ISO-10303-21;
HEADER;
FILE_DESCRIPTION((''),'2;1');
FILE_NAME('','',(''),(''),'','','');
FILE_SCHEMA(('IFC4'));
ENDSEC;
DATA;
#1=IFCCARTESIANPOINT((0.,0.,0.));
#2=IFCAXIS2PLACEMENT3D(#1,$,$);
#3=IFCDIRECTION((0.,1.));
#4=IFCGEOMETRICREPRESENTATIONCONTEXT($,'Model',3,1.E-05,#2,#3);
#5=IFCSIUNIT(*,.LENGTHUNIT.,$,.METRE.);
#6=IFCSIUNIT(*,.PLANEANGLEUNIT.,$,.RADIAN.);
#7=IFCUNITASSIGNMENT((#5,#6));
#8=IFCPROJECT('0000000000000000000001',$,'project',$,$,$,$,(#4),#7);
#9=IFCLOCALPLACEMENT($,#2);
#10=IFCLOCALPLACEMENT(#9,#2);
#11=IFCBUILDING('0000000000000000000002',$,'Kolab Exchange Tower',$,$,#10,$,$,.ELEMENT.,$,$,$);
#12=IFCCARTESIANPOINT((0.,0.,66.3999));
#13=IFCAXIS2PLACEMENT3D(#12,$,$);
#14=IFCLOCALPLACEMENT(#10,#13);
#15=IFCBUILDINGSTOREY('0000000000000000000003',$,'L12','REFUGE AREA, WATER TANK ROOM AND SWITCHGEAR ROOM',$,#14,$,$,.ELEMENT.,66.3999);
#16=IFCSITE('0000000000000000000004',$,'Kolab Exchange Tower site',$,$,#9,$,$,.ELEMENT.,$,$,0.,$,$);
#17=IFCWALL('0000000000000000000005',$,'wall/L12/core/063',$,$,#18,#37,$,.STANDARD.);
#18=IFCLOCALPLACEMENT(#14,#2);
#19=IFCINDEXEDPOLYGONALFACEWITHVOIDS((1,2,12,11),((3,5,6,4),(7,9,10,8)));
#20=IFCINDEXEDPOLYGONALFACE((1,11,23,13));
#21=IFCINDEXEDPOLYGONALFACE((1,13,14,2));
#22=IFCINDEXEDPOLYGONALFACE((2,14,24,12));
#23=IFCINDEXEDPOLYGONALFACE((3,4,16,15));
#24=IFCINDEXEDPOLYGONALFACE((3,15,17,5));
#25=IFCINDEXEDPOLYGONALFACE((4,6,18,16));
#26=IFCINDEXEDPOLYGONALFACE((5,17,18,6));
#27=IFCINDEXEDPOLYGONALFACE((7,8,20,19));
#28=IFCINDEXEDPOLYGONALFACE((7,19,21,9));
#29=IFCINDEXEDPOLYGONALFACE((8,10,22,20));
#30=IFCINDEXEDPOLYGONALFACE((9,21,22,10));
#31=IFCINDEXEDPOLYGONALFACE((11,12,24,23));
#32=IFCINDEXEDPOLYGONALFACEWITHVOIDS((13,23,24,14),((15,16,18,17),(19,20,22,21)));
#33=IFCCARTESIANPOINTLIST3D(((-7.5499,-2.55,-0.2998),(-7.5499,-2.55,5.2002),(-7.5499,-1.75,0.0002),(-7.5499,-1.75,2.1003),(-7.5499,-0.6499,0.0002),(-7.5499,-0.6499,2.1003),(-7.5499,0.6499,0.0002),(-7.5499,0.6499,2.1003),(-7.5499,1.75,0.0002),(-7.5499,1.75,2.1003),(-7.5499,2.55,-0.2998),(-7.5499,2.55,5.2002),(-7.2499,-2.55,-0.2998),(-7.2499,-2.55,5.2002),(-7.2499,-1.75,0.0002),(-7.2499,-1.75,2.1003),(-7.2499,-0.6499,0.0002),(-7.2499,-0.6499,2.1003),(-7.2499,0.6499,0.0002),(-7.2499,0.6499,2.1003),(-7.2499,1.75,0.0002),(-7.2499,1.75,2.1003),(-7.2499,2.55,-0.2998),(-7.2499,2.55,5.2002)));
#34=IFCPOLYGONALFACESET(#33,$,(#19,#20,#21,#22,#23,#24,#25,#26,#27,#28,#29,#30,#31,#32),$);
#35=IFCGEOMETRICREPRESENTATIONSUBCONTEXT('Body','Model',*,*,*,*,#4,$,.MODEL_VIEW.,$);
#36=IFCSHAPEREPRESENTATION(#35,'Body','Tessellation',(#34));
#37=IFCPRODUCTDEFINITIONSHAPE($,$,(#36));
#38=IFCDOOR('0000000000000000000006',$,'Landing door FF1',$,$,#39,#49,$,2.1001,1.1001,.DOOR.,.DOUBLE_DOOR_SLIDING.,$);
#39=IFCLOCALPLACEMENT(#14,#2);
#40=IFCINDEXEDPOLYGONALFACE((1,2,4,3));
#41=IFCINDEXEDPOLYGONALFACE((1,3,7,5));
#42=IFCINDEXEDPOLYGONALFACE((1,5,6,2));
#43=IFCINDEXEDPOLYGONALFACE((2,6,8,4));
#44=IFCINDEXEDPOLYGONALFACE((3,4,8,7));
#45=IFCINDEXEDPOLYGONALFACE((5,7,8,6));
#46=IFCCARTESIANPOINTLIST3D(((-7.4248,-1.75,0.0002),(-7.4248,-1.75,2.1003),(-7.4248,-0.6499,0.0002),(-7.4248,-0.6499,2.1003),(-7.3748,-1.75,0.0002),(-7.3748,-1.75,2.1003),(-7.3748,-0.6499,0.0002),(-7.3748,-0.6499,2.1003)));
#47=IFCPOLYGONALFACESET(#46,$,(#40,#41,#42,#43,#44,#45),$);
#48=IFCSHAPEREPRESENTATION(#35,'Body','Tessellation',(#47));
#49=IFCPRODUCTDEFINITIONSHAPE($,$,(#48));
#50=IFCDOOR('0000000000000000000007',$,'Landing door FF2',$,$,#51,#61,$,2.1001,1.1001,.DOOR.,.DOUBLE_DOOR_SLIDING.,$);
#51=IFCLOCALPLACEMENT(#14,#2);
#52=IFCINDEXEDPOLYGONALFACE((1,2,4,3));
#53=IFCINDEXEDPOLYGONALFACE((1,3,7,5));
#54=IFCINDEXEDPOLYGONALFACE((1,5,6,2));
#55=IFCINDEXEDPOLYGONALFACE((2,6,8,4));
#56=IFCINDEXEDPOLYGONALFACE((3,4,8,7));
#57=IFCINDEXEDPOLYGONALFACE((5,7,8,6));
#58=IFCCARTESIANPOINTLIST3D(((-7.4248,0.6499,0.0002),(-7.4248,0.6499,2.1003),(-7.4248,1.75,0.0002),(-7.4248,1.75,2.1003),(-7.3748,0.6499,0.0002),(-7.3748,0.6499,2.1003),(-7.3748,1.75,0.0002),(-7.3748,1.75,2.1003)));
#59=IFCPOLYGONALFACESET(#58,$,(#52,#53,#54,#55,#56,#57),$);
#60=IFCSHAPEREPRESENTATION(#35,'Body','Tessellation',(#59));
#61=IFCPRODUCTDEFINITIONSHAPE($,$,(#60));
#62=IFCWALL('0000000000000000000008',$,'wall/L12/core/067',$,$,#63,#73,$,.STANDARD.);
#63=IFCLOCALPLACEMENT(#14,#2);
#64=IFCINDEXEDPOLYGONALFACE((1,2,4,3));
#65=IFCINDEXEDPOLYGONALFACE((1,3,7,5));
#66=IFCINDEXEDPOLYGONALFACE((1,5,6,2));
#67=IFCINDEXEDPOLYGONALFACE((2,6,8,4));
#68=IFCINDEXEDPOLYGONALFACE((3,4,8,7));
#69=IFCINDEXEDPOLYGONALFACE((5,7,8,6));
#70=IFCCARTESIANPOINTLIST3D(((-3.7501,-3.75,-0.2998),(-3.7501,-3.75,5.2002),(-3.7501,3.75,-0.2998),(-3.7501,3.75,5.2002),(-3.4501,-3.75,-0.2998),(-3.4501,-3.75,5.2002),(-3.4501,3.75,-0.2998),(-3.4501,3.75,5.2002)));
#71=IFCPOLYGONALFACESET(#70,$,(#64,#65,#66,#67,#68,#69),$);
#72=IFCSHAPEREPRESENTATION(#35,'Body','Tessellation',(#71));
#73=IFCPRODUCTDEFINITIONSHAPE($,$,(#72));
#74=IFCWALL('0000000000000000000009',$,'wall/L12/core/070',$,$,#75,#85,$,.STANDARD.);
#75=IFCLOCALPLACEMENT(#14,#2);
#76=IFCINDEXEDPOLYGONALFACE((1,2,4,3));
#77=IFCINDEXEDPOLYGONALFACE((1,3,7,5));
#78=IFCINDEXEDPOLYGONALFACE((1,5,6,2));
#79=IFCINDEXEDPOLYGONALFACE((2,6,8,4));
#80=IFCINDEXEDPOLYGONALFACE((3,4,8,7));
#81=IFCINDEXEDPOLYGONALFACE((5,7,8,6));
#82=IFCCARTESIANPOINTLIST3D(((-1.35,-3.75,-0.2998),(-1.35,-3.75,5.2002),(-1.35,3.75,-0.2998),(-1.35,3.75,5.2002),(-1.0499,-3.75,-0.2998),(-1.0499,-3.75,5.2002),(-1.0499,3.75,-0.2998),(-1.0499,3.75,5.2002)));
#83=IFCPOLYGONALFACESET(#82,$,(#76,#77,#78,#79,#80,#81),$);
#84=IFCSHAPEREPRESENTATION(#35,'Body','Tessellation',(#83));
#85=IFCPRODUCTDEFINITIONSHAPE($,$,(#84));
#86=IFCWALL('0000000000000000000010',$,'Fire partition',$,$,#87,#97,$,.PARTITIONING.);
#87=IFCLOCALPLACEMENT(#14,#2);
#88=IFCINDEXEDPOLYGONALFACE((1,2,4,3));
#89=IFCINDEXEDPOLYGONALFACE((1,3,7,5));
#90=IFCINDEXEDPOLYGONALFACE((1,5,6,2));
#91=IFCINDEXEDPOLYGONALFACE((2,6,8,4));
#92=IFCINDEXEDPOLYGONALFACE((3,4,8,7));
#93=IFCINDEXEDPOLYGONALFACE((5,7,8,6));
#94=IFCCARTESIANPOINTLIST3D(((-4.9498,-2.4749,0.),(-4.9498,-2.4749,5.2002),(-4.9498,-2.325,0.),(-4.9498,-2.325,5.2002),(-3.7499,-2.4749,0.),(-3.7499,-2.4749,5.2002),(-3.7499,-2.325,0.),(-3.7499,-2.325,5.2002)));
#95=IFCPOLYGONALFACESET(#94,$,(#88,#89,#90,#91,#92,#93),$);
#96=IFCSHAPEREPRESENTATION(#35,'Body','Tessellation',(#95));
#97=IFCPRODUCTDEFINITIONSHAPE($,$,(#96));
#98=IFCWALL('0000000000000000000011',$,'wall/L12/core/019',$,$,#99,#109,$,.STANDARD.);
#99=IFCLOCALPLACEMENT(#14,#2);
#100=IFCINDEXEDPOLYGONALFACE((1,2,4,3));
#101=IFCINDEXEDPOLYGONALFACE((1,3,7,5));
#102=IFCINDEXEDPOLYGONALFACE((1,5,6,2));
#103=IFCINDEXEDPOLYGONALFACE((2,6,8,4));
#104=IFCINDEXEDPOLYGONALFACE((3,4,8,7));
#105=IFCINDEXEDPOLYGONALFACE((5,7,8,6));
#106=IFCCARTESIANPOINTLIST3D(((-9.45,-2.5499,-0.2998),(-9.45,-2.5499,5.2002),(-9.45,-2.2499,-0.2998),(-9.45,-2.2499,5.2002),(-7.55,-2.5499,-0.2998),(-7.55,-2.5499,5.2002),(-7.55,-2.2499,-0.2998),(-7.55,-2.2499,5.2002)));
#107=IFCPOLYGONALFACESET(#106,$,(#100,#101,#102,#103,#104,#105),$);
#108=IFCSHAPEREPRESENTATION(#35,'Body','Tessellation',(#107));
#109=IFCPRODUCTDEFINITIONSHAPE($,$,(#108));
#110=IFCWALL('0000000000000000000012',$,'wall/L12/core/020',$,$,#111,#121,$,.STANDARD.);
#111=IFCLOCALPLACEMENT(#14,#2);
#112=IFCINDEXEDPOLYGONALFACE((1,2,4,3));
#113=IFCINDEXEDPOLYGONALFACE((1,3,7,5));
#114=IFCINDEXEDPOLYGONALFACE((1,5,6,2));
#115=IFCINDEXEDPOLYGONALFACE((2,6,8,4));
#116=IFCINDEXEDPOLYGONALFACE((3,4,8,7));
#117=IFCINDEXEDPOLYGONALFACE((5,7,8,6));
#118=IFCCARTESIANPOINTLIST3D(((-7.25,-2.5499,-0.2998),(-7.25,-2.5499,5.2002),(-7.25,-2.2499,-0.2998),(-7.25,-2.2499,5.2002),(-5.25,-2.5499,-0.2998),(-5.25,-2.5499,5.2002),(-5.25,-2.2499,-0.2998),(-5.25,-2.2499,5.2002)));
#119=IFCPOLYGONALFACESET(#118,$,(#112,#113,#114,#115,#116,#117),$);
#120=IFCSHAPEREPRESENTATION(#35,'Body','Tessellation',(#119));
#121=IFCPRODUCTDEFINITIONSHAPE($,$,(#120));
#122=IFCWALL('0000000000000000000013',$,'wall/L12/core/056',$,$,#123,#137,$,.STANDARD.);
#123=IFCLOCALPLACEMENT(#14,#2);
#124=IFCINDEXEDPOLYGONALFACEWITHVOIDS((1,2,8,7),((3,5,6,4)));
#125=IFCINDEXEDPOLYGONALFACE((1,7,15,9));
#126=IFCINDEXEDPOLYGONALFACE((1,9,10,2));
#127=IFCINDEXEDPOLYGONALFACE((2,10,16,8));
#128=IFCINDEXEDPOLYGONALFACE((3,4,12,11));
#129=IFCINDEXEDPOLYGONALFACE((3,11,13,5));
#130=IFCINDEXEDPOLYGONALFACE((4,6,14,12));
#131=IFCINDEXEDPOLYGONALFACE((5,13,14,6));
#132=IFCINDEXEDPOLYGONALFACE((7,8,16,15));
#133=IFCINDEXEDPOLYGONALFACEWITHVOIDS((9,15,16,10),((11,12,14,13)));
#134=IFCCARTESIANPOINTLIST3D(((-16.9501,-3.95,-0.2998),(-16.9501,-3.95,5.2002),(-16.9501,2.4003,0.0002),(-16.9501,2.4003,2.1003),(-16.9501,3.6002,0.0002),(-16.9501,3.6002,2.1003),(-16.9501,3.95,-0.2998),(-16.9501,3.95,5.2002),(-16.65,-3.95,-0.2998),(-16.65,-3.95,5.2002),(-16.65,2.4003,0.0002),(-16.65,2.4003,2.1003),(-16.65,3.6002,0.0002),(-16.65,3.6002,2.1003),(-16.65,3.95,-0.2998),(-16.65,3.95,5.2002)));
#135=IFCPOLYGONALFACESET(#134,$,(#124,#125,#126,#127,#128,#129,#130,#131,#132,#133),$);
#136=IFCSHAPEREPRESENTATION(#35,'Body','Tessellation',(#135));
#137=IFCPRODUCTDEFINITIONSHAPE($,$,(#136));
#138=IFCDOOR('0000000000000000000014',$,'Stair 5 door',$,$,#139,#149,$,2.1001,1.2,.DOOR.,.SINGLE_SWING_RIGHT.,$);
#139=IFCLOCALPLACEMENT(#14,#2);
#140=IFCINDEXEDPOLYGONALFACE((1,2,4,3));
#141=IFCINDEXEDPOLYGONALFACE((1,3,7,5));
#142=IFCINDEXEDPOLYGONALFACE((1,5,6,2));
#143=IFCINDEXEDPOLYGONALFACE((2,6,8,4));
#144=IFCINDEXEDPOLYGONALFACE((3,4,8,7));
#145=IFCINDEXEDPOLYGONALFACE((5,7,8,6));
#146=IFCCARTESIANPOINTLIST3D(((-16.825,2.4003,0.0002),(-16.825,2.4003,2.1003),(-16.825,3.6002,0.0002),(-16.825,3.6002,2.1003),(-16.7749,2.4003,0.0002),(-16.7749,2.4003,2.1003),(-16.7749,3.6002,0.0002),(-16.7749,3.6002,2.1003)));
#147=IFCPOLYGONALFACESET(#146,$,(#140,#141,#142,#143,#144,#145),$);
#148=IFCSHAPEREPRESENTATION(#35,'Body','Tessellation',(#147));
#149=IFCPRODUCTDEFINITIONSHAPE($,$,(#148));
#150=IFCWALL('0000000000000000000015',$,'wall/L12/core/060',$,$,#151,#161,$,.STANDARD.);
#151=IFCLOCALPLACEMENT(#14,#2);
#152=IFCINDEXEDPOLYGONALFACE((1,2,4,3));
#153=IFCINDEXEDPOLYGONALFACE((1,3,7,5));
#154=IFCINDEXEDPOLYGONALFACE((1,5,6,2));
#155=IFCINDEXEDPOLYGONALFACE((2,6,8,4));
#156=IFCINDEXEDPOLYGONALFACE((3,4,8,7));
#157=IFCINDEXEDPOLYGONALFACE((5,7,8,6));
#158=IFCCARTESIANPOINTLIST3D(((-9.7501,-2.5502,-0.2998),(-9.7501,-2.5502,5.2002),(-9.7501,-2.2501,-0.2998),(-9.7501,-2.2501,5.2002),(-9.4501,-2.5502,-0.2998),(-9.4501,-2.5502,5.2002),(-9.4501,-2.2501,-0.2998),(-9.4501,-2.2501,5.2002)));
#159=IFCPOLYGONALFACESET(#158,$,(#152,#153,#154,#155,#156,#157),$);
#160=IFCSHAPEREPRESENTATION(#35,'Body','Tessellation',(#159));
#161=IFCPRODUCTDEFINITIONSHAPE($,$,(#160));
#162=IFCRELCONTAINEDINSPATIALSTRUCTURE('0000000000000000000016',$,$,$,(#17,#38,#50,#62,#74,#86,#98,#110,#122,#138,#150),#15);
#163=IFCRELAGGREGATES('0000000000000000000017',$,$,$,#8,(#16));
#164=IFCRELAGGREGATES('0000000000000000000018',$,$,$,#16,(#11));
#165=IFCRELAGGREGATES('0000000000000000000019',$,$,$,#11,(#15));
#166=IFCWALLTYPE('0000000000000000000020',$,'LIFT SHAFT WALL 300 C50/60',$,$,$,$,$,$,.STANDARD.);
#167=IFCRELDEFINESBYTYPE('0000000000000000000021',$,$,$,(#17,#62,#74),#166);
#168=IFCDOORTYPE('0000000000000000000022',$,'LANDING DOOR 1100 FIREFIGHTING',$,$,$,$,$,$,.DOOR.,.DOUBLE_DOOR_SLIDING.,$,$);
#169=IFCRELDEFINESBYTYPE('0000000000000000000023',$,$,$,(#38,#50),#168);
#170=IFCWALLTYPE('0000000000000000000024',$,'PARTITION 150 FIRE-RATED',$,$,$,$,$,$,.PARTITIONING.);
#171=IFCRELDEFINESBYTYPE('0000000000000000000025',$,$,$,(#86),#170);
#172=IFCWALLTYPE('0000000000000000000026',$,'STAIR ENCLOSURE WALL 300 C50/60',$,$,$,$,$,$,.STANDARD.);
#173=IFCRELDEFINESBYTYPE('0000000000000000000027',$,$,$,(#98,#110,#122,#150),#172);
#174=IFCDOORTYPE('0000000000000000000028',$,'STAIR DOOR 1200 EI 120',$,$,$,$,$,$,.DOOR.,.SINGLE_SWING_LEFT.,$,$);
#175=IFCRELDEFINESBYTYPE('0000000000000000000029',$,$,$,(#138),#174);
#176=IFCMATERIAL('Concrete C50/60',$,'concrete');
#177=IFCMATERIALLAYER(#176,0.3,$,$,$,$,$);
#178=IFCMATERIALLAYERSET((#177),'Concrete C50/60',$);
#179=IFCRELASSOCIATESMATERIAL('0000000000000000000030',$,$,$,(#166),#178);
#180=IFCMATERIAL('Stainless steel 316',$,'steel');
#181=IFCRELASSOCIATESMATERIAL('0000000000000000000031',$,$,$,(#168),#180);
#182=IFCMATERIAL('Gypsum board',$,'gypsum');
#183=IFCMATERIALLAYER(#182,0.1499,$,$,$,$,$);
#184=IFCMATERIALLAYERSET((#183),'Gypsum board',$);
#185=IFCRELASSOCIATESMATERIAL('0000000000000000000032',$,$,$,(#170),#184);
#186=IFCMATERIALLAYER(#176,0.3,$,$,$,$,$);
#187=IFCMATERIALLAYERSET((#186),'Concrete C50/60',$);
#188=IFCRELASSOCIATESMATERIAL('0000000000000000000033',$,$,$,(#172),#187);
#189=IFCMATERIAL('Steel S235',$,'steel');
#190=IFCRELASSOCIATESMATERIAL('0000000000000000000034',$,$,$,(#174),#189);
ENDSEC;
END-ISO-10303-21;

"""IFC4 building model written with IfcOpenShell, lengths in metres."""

from ifc_helpers import new_model, si_unit, direction, frame, frame_2d, origin, place, context, subcontext, project, spatial, rectangle, extrude, material, layer, layer_set, type_object, element, fill, save


model = new_model("IFC4")

# Units and contexts
model_context = context("Model", 3, precision=1e-05, world=origin(), true_north=direction((0.0, 1.0)))
body_context = subcontext(model_context, "Body", "Model", "MODEL_VIEW")
ifc_project = project(units=[si_unit("LENGTHUNIT", "METRE"), si_unit("PLANEANGLEUNIT", "RADIAN")], contexts=[model_context])

# Site, building, storey
site_placement = place(None, origin())
site = spatial("IfcSite", under=ifc_project, at=site_placement, Name="Kolab Exchange Tower site", CompositionType="ELEMENT", RefElevation=0.0)
building_placement = place(site_placement, origin())
building = spatial("IfcBuilding", under=site, at=building_placement, Name="Kolab Exchange Tower", CompositionType="ELEMENT")
storey_placement = place(building_placement, frame((0.0, 0.0, 66.3999)))
storey = spatial("IfcBuildingStorey", under=building, at=storey_placement, Name="L12", Description="REFUGE AREA, WATER TANK ROOM AND SWITCHGEAR ROOM", CompositionType="ELEMENT", Elevation=66.3999)

# Shared definitions
ifc_material_1 = material(Name="Concrete C50/60", Category="concrete")
ifc_layer_1 = layer(ifc_material_1, 0.3)
ifc_layer_set_1 = layer_set([ifc_layer_1], Name="Concrete C50/60")
wall_type_1 = type_object("IfcWallType", Name="LIFT SHAFT WALL 300 C50/60", PredefinedType="STANDARD", material=ifc_layer_set_1)

# Shared definitions
ifc_material_2 = material(Name="Steel S235", Category="steel")

# Wall, openings, doors
wall_1_placement = place(storey_placement, frame((-7.3999, -2.55, -0.2998), z_axis=(0.0, 0.0, 1.0), x_axis=(0.0, 1.0, 0.0)))
wall_1 = element("IfcWall", 1, at=wall_1_placement, inside=storey, type_object=wall_type_1, Name="wall/L12/core/063", PredefinedType="STANDARD", context=body_context, shape_type="SweptSolid", body=[
    extrude(rectangle(XDim=5.1001, YDim=0.3, at=frame_2d((2.55, 0.0))), origin(), (0.0, 0.0, 1.0), 5.5),
])
opening_1_placement = place(wall_1_placement, frame((0.8, 0.0, 0.3)))
opening_1 = element("IfcOpeningElement", 2, at=opening_1_placement, cuts=wall_1, PredefinedType="OPENING", context=body_context, shape_type="SweptSolid", body=[
    extrude(rectangle(XDim=1.1001, YDim=2.1001, at=frame_2d((0.55, 1.05))), frame((0.0, 0.1602, 0.0), z_axis=(0.0, -1.0, 0.0), x_axis=(1.0, 0.0, 0.0)), (0.0, 0.0, 1.0), 0.3201),
])
opening_2_placement = place(wall_1_placement, frame((3.2, 0.0, 0.3)))
opening_2 = element("IfcOpeningElement", 3, at=opening_2_placement, cuts=wall_1, PredefinedType="OPENING", context=body_context, shape_type="SweptSolid", body=[
    extrude(rectangle(XDim=1.1001, YDim=2.1001, at=frame_2d((0.55, 1.05))), frame((0.0, 0.1602, 0.0), z_axis=(0.0, -1.0, 0.0), x_axis=(1.0, 0.0, 0.0)), (0.0, 0.0, 1.0), 0.3201),
])
ifc_material_3 = material(Name="Stainless steel 316", Category="steel")
door_type_1 = type_object("IfcDoorType", Name="LANDING DOOR 1100 FIREFIGHTING", OperationType="DOUBLE_DOOR_SLIDING", PredefinedType="DOOR", material=ifc_material_3)
door_1_placement = place(opening_1_placement, origin())
door_1 = element("IfcDoor", 4, at=door_1_placement, inside=storey, type_object=door_type_1, Name="Landing door FF1", OperationType="DOUBLE_DOOR_SLIDING", OverallHeight=2.1001, OverallWidth=1.1001, PredefinedType="DOOR", context=body_context, shape_type="SweptSolid", body=[
    extrude(rectangle(XDim=1.1001, YDim=2.1001, at=frame_2d((0.55, 1.05))), frame((0.0, 0.0249, 0.0), z_axis=(0.0, -1.0, 0.0), x_axis=(1.0, 0.0, 0.0)), (0.0, 0.0, 1.0), 0.05),
])
fill(opening_1, door_1)
door_2_placement = place(opening_2_placement, origin())
door_2 = element("IfcDoor", 5, at=door_2_placement, inside=storey, type_object=door_type_1, Name="Landing door FF2", OperationType="DOUBLE_DOOR_SLIDING", OverallHeight=2.1001, OverallWidth=1.1001, PredefinedType="DOOR", context=body_context, shape_type="SweptSolid", body=[
    extrude(rectangle(XDim=1.1001, YDim=2.1001, at=frame_2d((0.55, 1.05))), frame((0.0, 0.0249, 0.0), z_axis=(0.0, -1.0, 0.0), x_axis=(1.0, 0.0, 0.0)), (0.0, 0.0, 1.0), 0.05),
])
fill(opening_2, door_2)

# Walls
for number, where, z_axis, x_axis, name in (
    (6, (-3.6001, -3.75, -0.2998), (0.0, 0.0, 1.0), (0.0, 1.0, 0.0), "wall/L12/core/067"),
    (7, (-1.2, -3.75, -0.2998), (0.0, 0.0, 1.0), (0.0, 1.0, 0.0), "wall/L12/core/070"),
):
    element("IfcWall", number, at=place(storey_placement, frame(where, z_axis=z_axis, x_axis=x_axis)), inside=storey, type_object=wall_type_1, Name=name, PredefinedType="STANDARD", context=body_context, shape_type="SweptSolid", body=[
        extrude(rectangle(XDim=7.5, YDim=0.3, at=frame_2d((3.75, 0.0))), origin(), (0.0, 0.0, 1.0), 5.5),
    ])
ifc_material_4 = material(Name="Gypsum board", Category="gypsum")
ifc_layer_2 = layer(ifc_material_4, 0.1499)
ifc_layer_set_2 = layer_set([ifc_layer_2], Name="Gypsum board")
wall_type_2 = type_object("IfcWallType", Name="PARTITION 150 FIRE-RATED", PredefinedType="PARTITIONING", material=ifc_layer_set_2)
wall_2_placement = place(storey_placement, frame((-4.95, -2.3999, 0.0), z_axis=(0.0, 0.0, 1.0), x_axis=(1.0, 0.0, 0.0)))
element("IfcWall", 8, at=wall_2_placement, inside=storey, type_object=wall_type_2, Name="Fire partition", PredefinedType="PARTITIONING", context=body_context, shape_type="SweptSolid", body=[
    extrude(rectangle(XDim=1.2, YDim=0.1499, at=frame_2d((0.6001, 0.0))), origin(), (0.0, 0.0, 1.0), 5.2002),
])
ifc_layer_3 = layer(ifc_material_1, 0.3)
ifc_layer_set_3 = layer_set([ifc_layer_3], Name="Concrete C50/60")
wall_type_3 = type_object("IfcWallType", Name="STAIR ENCLOSURE WALL 300 C50/60", PredefinedType="STANDARD", material=ifc_layer_set_3)
wall_3_placement = place(storey_placement, frame((-9.45, -2.3999, -0.2998), z_axis=(0.0, 0.0, 1.0), x_axis=(1.0, 0.0, 0.0)))
element("IfcWall", 9, at=wall_3_placement, inside=storey, type_object=wall_type_3, Name="wall/L12/core/019", PredefinedType="STANDARD", context=body_context, shape_type="SweptSolid", body=[
    extrude(rectangle(XDim=1.8999, YDim=0.3, at=frame_2d((0.95, 0.0))), origin(), (0.0, 0.0, 1.0), 5.5),
])
wall_4_placement = place(storey_placement, frame((-7.25, -2.3999, -0.2998), z_axis=(0.0, 0.0, 1.0), x_axis=(1.0, 0.0, 0.0)))
element("IfcWall", 10, at=wall_4_placement, inside=storey, type_object=wall_type_3, Name="wall/L12/core/020", PredefinedType="STANDARD", context=body_context, shape_type="SweptSolid", body=[
    extrude(rectangle(XDim=2.0, YDim=0.3, at=frame_2d((1.0, 0.0))), origin(), (0.0, 0.0, 1.0), 5.5),
])

# Wall, opening, door
wall_5_placement = place(storey_placement, frame((-16.8, -3.95, -0.2998), z_axis=(0.0, 0.0, 1.0), x_axis=(0.0, 1.0, 0.0)))
wall_5 = element("IfcWall", 11, at=wall_5_placement, inside=storey, type_object=wall_type_3, Name="wall/L12/core/056", PredefinedType="STANDARD", context=body_context, shape_type="SweptSolid", body=[
    extrude(rectangle(XDim=7.8999, YDim=0.3, at=frame_2d((3.95, 0.0))), origin(), (0.0, 0.0, 1.0), 5.5),
])
opening_3_placement = place(wall_5_placement, frame((6.3501, 0.0, 0.3)))
opening_3 = element("IfcOpeningElement", 12, at=opening_3_placement, cuts=wall_5, PredefinedType="OPENING", context=body_context, shape_type="SweptSolid", body=[
    extrude(rectangle(XDim=1.2, YDim=2.1001, at=frame_2d((0.6001, 1.05))), frame((0.0, 0.1602, 0.0), z_axis=(0.0, -1.0, 0.0), x_axis=(1.0, 0.0, 0.0)), (0.0, 0.0, 1.0), 0.3201),
])
door_type_2 = type_object("IfcDoorType", Name="STAIR DOOR 1200 EI 120", OperationType="SINGLE_SWING_LEFT", PredefinedType="DOOR", material=ifc_material_2)
door_3_placement = place(opening_3_placement, origin())
door_3 = element("IfcDoor", 13, at=door_3_placement, inside=storey, type_object=door_type_2, Name="Stair 5 door", OperationType="SINGLE_SWING_RIGHT", OverallHeight=2.1001, OverallWidth=1.2, PredefinedType="DOOR", context=body_context, shape_type="SweptSolid", body=[
    extrude(rectangle(XDim=1.2, YDim=2.1001, at=frame_2d((0.6001, 1.05))), frame((0.0, 0.0249, 0.0), z_axis=(0.0, -1.0, 0.0), x_axis=(1.0, 0.0, 0.0)), (0.0, 0.0, 1.0), 0.05),
])
fill(opening_3, door_3)

# Wall
wall_6_placement = place(storey_placement, frame((-9.6001, -2.55, -0.2998), z_axis=(0.0, 0.0, 1.0), x_axis=(0.0, 1.0, 0.0)))
element("IfcWall", 14, at=wall_6_placement, inside=storey, type_object=wall_type_3, Name="wall/L12/core/060", PredefinedType="STANDARD", context=body_context, shape_type="SweptSolid", body=[
    extrude(rectangle(XDim=0.3, YDim=0.3, at=frame_2d((0.1499, 0.0))), origin(), (0.0, 0.0, 1.0), 5.5),
])

save(model, "model.ifc")
